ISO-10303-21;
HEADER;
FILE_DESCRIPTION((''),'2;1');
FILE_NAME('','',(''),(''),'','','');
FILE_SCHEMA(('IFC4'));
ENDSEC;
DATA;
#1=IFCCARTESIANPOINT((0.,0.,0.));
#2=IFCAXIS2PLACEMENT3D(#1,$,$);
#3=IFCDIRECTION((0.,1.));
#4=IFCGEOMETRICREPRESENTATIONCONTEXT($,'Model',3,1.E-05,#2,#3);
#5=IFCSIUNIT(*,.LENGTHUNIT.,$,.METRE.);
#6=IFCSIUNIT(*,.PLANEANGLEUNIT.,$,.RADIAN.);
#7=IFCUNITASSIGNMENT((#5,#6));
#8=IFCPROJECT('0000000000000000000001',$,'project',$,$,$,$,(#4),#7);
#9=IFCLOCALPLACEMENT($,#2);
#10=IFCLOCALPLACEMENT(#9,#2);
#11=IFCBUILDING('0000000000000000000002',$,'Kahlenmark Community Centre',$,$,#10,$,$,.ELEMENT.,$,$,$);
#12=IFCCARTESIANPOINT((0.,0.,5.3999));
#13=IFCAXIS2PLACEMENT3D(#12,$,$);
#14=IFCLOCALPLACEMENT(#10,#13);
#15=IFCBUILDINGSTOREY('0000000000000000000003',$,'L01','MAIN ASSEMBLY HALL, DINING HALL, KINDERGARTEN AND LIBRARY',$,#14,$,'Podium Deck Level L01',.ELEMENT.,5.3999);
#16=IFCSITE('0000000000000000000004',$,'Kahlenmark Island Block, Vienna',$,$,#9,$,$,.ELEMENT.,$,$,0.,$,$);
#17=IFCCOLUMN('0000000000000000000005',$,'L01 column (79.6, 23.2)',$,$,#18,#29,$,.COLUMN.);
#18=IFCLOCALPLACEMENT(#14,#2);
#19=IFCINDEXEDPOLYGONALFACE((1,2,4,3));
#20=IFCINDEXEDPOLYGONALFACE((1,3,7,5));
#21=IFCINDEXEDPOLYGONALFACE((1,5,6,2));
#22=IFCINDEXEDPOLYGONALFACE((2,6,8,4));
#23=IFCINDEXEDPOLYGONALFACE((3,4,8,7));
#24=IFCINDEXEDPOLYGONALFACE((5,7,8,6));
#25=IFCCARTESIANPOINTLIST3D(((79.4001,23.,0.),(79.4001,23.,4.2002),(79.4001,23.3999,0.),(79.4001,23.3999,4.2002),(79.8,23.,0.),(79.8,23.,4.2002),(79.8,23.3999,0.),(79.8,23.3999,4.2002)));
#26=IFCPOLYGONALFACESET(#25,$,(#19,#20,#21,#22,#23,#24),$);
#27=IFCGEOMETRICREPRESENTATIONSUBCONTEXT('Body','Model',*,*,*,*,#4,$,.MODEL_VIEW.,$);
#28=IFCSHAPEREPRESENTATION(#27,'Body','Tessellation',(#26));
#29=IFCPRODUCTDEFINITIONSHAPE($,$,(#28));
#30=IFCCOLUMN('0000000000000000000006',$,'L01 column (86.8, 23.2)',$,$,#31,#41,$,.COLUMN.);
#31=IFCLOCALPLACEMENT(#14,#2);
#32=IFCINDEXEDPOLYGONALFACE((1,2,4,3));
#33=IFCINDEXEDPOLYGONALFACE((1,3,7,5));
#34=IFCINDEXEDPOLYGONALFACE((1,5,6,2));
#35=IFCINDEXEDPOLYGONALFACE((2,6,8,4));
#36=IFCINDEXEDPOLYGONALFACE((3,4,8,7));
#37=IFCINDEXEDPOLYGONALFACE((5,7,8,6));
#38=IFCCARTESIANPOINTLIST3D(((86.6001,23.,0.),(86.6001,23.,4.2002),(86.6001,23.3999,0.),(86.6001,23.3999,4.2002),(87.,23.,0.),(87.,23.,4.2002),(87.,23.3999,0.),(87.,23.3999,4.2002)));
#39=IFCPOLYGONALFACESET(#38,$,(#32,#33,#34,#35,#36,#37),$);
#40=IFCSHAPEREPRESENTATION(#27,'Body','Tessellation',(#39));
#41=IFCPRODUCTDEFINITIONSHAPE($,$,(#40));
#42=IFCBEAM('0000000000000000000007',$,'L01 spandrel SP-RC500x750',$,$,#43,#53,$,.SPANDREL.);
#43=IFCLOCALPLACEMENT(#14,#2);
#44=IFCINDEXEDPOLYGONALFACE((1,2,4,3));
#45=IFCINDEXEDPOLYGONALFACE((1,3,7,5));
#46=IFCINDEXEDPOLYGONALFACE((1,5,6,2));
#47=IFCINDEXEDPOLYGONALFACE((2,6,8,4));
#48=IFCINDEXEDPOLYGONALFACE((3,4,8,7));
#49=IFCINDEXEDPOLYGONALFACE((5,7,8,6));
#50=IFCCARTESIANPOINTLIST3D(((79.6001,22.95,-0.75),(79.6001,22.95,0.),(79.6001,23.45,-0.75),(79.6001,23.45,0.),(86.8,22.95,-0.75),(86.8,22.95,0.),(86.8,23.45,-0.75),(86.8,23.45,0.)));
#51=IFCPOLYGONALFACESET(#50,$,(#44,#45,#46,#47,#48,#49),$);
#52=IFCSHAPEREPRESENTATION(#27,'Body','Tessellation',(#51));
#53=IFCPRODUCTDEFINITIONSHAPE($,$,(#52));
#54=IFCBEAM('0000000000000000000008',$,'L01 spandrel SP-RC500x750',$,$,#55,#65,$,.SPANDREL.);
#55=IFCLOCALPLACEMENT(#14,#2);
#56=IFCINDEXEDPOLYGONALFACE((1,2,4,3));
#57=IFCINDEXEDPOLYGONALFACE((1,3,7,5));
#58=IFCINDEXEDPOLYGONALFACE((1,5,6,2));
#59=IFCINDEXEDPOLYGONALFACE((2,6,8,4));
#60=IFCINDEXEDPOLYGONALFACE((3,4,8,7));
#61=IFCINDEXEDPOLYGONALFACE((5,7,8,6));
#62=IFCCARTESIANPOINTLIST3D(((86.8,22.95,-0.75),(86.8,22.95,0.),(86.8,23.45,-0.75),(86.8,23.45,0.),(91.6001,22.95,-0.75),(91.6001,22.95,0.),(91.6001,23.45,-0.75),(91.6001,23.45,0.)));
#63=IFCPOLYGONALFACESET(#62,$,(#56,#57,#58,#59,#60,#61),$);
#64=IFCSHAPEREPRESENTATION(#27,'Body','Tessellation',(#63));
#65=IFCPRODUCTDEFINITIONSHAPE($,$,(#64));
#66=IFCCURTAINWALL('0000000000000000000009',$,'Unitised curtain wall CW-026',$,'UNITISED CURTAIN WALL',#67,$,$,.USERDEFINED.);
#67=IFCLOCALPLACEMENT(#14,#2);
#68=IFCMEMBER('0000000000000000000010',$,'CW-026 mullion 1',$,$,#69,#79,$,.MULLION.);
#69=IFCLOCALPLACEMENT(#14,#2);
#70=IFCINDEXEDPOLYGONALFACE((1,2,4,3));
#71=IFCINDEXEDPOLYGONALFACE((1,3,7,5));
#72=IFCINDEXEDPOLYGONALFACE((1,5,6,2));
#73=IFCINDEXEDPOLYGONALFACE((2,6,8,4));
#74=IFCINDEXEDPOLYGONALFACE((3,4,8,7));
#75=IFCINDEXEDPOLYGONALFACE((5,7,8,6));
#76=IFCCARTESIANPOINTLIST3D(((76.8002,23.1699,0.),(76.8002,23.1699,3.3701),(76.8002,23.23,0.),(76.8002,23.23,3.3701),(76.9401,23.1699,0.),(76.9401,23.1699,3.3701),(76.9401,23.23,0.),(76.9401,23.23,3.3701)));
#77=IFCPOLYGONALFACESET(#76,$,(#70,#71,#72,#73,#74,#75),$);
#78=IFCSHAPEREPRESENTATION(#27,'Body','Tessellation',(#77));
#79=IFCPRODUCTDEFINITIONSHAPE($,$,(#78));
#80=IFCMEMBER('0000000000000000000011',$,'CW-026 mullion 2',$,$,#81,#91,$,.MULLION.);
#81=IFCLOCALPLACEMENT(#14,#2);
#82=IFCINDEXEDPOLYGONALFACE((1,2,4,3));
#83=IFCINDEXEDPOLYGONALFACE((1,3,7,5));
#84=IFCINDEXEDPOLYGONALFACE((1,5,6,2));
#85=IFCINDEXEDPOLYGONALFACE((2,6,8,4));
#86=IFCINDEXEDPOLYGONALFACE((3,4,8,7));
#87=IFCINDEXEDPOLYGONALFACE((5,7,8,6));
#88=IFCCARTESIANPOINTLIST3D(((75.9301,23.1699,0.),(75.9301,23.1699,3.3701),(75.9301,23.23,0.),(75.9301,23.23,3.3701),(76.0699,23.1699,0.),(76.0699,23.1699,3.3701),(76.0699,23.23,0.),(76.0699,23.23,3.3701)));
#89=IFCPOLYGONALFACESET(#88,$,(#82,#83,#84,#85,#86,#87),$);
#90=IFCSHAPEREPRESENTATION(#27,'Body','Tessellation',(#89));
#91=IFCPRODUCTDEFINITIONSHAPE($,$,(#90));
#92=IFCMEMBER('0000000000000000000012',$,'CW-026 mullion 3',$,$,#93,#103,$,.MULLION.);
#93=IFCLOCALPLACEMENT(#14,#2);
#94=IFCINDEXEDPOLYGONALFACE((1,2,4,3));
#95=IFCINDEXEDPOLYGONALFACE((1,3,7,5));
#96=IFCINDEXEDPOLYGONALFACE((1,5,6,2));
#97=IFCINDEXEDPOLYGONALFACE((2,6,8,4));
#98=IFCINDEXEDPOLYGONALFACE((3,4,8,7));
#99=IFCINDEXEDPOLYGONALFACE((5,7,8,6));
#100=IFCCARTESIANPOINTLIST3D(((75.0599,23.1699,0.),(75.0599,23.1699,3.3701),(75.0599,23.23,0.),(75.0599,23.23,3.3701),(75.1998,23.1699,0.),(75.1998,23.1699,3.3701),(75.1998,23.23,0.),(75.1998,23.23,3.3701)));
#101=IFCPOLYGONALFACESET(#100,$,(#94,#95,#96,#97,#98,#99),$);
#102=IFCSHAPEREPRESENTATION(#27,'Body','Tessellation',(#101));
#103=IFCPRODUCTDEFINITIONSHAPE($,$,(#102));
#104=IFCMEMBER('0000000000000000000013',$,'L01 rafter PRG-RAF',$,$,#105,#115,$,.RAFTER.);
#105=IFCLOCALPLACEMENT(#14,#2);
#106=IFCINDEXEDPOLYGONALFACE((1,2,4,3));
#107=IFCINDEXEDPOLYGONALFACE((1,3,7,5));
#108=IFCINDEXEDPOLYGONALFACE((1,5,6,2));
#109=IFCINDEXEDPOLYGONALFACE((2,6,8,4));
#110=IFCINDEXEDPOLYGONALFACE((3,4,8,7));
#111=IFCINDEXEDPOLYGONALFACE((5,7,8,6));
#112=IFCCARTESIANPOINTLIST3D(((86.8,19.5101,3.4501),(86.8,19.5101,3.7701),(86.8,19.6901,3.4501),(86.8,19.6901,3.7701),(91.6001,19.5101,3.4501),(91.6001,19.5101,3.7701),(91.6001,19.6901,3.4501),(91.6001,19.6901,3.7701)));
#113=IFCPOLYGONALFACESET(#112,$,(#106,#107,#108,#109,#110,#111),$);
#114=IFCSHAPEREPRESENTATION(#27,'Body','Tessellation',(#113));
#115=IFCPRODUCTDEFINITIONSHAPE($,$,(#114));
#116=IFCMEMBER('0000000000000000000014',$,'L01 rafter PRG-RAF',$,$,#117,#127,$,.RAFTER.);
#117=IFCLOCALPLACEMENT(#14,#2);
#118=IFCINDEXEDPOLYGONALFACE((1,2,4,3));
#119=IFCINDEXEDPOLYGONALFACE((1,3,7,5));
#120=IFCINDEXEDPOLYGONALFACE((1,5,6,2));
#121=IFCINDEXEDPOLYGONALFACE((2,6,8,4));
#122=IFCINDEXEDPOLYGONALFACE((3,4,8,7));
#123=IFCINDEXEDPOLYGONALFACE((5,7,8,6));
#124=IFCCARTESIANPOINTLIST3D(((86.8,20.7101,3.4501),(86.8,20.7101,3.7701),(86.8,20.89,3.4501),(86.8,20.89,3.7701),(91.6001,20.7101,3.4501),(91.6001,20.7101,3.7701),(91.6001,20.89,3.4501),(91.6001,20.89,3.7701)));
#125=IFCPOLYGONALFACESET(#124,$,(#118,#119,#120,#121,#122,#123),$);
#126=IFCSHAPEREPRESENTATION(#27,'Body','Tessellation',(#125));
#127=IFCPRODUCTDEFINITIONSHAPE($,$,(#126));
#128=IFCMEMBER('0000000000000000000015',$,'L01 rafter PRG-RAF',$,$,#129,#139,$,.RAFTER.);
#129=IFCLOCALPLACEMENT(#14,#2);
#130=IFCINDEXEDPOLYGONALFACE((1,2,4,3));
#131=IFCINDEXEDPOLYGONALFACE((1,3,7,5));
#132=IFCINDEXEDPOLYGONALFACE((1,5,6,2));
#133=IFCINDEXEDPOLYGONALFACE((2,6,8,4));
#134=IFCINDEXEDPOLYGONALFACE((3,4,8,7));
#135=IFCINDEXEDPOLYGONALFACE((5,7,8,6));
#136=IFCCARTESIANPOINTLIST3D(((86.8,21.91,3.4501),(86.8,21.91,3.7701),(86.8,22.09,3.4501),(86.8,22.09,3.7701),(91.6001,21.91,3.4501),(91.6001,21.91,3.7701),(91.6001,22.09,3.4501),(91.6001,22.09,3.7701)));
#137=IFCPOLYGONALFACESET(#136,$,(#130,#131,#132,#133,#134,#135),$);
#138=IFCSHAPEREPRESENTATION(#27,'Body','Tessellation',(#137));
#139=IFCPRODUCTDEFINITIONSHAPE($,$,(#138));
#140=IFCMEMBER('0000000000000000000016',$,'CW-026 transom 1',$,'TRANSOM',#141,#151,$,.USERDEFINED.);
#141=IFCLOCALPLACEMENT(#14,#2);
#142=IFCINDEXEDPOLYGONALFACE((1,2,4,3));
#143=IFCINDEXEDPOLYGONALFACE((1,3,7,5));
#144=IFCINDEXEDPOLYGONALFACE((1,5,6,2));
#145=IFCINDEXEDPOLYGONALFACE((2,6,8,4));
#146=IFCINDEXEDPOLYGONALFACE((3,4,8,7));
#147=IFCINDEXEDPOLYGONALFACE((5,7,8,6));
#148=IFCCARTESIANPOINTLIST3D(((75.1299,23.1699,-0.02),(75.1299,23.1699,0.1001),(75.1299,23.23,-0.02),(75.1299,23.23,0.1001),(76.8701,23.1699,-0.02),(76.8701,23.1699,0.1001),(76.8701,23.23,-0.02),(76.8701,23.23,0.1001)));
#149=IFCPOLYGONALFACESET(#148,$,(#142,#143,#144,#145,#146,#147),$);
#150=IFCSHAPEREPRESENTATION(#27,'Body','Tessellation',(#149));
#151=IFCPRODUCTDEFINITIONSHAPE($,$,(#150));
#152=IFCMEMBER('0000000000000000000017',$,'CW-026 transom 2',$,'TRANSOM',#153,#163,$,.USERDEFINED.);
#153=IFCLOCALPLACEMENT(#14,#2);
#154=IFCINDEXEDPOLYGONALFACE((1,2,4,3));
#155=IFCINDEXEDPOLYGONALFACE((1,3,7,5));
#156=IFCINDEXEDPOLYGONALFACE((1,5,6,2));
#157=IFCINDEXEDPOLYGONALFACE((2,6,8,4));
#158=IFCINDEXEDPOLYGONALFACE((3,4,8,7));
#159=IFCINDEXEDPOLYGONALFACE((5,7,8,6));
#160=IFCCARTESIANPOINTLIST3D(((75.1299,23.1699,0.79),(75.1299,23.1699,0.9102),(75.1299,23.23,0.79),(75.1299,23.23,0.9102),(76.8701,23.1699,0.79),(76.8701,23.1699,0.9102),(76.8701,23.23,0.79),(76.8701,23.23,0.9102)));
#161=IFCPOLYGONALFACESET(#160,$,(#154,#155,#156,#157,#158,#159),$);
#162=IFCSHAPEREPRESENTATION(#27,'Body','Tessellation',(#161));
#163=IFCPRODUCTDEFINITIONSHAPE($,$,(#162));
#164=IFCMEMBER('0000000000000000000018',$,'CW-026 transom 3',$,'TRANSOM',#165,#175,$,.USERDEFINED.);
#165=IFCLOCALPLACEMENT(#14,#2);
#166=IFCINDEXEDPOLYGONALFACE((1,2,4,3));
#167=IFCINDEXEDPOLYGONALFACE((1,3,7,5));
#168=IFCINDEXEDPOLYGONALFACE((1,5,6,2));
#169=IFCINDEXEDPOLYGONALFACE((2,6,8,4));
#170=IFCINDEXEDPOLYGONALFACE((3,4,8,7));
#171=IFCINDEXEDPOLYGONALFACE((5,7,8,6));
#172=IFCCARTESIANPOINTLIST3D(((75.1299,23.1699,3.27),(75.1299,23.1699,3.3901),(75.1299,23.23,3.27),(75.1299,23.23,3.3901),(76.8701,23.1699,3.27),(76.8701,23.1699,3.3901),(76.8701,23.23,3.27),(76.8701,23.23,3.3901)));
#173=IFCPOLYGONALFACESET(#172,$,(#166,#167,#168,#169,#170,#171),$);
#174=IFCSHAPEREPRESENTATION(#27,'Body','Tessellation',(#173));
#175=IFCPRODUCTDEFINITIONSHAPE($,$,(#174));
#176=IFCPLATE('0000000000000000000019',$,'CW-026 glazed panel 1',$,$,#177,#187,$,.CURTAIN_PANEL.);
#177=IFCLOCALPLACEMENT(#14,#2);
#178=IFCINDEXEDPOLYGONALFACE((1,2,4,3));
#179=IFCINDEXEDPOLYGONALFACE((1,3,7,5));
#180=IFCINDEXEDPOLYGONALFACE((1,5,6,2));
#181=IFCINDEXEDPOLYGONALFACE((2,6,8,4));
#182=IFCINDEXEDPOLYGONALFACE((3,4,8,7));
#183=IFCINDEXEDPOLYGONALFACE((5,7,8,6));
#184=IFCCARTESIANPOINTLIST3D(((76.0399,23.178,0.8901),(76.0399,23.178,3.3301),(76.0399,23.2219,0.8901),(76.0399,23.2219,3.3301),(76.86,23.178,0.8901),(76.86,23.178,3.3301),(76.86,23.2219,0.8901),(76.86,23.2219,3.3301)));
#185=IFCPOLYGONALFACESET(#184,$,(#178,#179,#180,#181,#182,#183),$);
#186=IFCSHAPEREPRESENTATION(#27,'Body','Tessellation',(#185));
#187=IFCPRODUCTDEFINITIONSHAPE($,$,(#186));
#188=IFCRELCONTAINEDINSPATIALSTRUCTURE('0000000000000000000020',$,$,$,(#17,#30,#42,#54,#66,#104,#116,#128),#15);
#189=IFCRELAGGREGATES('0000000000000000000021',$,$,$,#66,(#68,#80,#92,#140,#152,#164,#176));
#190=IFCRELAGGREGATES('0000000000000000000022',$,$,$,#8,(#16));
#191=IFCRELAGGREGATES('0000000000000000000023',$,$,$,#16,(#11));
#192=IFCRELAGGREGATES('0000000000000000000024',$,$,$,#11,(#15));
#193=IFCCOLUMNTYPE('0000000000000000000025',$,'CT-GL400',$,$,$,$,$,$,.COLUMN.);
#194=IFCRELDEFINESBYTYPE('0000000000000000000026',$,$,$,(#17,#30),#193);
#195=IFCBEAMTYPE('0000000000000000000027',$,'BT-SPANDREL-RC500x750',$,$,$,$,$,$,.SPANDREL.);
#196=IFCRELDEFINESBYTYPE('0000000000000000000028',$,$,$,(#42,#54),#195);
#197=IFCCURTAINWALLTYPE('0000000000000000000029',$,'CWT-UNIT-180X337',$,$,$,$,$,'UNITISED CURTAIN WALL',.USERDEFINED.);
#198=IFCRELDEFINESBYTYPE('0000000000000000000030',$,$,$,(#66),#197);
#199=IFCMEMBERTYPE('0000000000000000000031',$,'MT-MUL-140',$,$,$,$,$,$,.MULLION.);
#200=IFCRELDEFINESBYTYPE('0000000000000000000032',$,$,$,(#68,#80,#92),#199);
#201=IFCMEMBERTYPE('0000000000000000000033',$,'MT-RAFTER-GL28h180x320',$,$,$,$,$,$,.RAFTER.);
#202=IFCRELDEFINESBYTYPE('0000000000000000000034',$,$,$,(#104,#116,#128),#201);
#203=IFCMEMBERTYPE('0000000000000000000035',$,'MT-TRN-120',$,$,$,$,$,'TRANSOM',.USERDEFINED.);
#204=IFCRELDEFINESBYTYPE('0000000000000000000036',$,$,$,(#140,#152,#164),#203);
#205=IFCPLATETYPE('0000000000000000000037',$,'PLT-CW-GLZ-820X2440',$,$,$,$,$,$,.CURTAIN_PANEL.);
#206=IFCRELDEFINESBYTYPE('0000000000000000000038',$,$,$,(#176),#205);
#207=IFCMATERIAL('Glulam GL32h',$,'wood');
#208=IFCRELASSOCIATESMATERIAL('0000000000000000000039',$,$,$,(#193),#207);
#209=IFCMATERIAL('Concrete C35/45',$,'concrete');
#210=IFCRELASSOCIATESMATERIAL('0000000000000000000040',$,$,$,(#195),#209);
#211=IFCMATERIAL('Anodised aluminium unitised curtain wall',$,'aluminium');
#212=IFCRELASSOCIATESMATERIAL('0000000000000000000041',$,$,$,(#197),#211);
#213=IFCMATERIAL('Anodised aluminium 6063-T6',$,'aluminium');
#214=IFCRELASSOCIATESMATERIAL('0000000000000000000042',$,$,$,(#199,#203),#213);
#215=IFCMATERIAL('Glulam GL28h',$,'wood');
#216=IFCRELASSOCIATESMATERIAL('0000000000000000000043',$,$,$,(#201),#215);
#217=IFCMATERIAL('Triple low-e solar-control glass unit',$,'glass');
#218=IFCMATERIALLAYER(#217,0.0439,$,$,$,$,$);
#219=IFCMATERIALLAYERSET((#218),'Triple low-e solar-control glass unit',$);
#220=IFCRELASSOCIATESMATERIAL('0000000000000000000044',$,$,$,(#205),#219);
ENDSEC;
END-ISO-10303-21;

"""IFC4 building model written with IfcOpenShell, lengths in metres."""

from ifc_helpers import new_model, si_unit, direction, frame, origin, origin_2d, place, context, subcontext, project, spatial, rectangle, extrude, material, layer, layer_set, material_profile, profile_set, type_object, element, aggregate, save


model = new_model("IFC4")

# Units and contexts
model_context = context("Model", 3, precision=1e-05, world=origin(), true_north=direction((0.0, 1.0)))
body_context = subcontext(model_context, "Body", "Model", "MODEL_VIEW")
ifc_project = project(units=[si_unit("LENGTHUNIT", "METRE"), si_unit("PLANEANGLEUNIT", "RADIAN")], contexts=[model_context])

# Site, building, storey
site_placement = place(None, origin())
site = spatial("IfcSite", under=ifc_project, at=site_placement, Name="Kahlenmark Island Block, Vienna", CompositionType="ELEMENT", RefElevation=0.0)
building_placement = place(site_placement, origin())
building = spatial("IfcBuilding", under=site, at=building_placement, Name="Kahlenmark Community Centre", CompositionType="ELEMENT")
storey_placement = place(building_placement, frame((0.0, 0.0, 5.3999)))
storey = spatial("IfcBuildingStorey", under=building, at=storey_placement, Name="L01", Description="MAIN ASSEMBLY HALL, DINING HALL, KINDERGARTEN AND LIBRARY", LongName="Podium Deck Level L01", CompositionType="ELEMENT", Elevation=5.3999)

# Columns
ifc_material_1 = material(Name="Glulam GL32h", Category="wood")
ifc_material_profile_1 = material_profile(ifc_material_1, rectangle(XDim=0.3999, YDim=0.3999, at=origin_2d()), Name="GL32h 400x400")
ifc_profile_set_1 = profile_set([ifc_material_profile_1], Name="Glulam GL32h")
column_type = type_object("IfcColumnType", Name="CT-GL400", PredefinedType="COLUMN", material=ifc_profile_set_1)
for number, where, z_axis, x_axis, name in (
    (1, (79.6001, 23.2, 0.0), (0.0, 0.0, 1.0), (1.0, 0.0, 0.0), "L01 column (79.6, 23.2)"),
    (2, (86.8, 23.2, 0.0), (0.0, 0.0, 1.0), (1.0, 0.0, 0.0), "L01 column (86.8, 23.2)"),
):
    element("IfcColumn", number, at=place(storey_placement, frame(where, z_axis=z_axis, x_axis=x_axis)), inside=storey, type_object=column_type, Name=name, PredefinedType="COLUMN", context=body_context, shape_type="SweptSolid", body=[
        extrude(rectangle(XDim=0.3999, YDim=0.3999, at=origin_2d()), origin(), (0.0, 0.0, 1.0), 4.2002),
    ])

# Beams
ifc_material_2 = material(Name="Concrete C35/45", Category="concrete")
ifc_material_profile_2 = material_profile(ifc_material_2, rectangle(XDim=0.5, YDim=0.75, at=origin_2d()), Name="RC 500x750")
ifc_profile_set_2 = profile_set([ifc_material_profile_2], Name="Concrete C35/45")
beam_type = type_object("IfcBeamType", Name="BT-SPANDREL-RC500x750", PredefinedType="SPANDREL", material=ifc_profile_set_2)
beam_1_placement = place(storey_placement, frame((79.6001, 23.2, -0.375), z_axis=(1.0, 0.0, 0.0), x_axis=(0.0, 1.0, 0.0)))
element("IfcBeam", 3, at=beam_1_placement, inside=storey, type_object=beam_type, Name="L01 spandrel SP-RC500x750", PredefinedType="SPANDREL", context=body_context, shape_type="SweptSolid", body=[
    extrude(rectangle(XDim=0.5, YDim=0.75, at=origin_2d()), origin(), (0.0, 0.0, 1.0), 7.2),
])
beam_2_placement = place(storey_placement, frame((86.8, 23.2, -0.375), z_axis=(1.0, 0.0, 0.0), x_axis=(0.0, 1.0, 0.0)))
element("IfcBeam", 4, at=beam_2_placement, inside=storey, type_object=beam_type, Name="L01 spandrel SP-RC500x750", PredefinedType="SPANDREL", context=body_context, shape_type="SweptSolid", body=[
    extrude(rectangle(XDim=0.5, YDim=0.75, at=origin_2d()), origin(), (0.0, 0.0, 1.0), 4.8),
])

# Curtain wall, members
ifc_material_3 = material(Name="Anodised aluminium unitised curtain wall", Category="aluminium")
curtain_wall_type = type_object("IfcCurtainWallType", Name="CWT-UNIT-180X337", ElementType="UNITISED CURTAIN WALL", PredefinedType="USERDEFINED", material=ifc_material_3)
curtain_wall_placement = place(storey_placement, origin())
curtain_wall = element("IfcCurtainWall", 5, at=curtain_wall_placement, inside=storey, type_object=curtain_wall_type, Name="Unitised curtain wall CW-026", ObjectType="UNITISED CURTAIN WALL", PredefinedType="USERDEFINED")
ifc_material_4 = material(Name="Anodised aluminium 6063-T6", Category="aluminium")
ifc_material_profile_3 = material_profile(ifc_material_4, rectangle(XDim=0.0601, YDim=0.1399, at=origin_2d()), Name="ALU MULLION 60x140")
ifc_profile_set_3 = profile_set([ifc_material_profile_3], Name="Anodised aluminium 6063-T6")
member_type_1 = type_object("IfcMemberType", Name="MT-MUL-140", PredefinedType="MULLION", material=ifc_profile_set_3)
member_1_placement = place(storey_placement, frame((76.8701, 23.2, 0.0), z_axis=(0.0, 0.0, 1.0), x_axis=(0.0, -1.0, 0.0)))
member_1 = element("IfcMember", 6, at=member_1_placement, type_object=member_type_1, Name="CW-026 mullion 1", PredefinedType="MULLION", context=body_context, shape_type="SweptSolid", body=[
    extrude(rectangle(XDim=0.0601, YDim=0.1399, at=origin_2d()), origin(), (0.0, 0.0, 1.0), 3.3701),
])
member_2_placement = place(storey_placement, frame((76.0, 23.2, 0.0), z_axis=(0.0, 0.0, 1.0), x_axis=(0.0, -1.0, 0.0)))
member_2 = element("IfcMember", 7, at=member_2_placement, type_object=member_type_1, Name="CW-026 mullion 2", PredefinedType="MULLION", context=body_context, shape_type="SweptSolid", body=[
    extrude(rectangle(XDim=0.0601, YDim=0.1399, at=origin_2d()), origin(), (0.0, 0.0, 1.0), 3.3701),
])
member_3_placement = place(storey_placement, frame((75.1299, 23.2, 0.0), z_axis=(0.0, 0.0, 1.0), x_axis=(0.0, -1.0, 0.0)))
member_3 = element("IfcMember", 8, at=member_3_placement, type_object=member_type_1, Name="CW-026 mullion 3", PredefinedType="MULLION", context=body_context, shape_type="SweptSolid", body=[
    extrude(rectangle(XDim=0.0601, YDim=0.1399, at=origin_2d()), origin(), (0.0, 0.0, 1.0), 3.3701),
])

# Members
ifc_material_5 = material(Name="Glulam GL28h", Category="wood")
ifc_material_profile_4 = material_profile(ifc_material_5, rectangle(XDim=0.1799, YDim=0.3201, at=origin_2d()), Name="GL28h 180x320")
ifc_profile_set_4 = profile_set([ifc_material_profile_4], Name="Glulam GL28h")
member_type_2 = type_object("IfcMemberType", Name="MT-RAFTER-GL28h180x320", PredefinedType="RAFTER", material=ifc_profile_set_4)
for number, where, z_axis, x_axis, name in (
    (9, (86.8, 19.6001, 3.6101), (1.0, 0.0, 0.0), (0.0, 1.0, 0.0), "L01 rafter PRG-RAF"),
    (10, (86.8, 20.8, 3.6101), (1.0, 0.0, 0.0), (0.0, 1.0, 0.0), "L01 rafter PRG-RAF"),
    (11, (86.8, 22.0, 3.6101), (1.0, 0.0, 0.0), (0.0, 1.0, 0.0), "L01 rafter PRG-RAF"),
):
    element("IfcMember", number, at=place(storey_placement, frame(where, z_axis=z_axis, x_axis=x_axis)), inside=storey, type_object=member_type_2, Name=name, PredefinedType="RAFTER", context=body_context, shape_type="SweptSolid", body=[
        extrude(rectangle(XDim=0.1799, YDim=0.3201, at=origin_2d()), origin(), (0.0, 0.0, 1.0), 4.8),
    ])

# Members
ifc_material_profile_5 = material_profile(ifc_material_4, rectangle(XDim=0.0601, YDim=0.1201, at=origin_2d()), Name="ALU TRANSOM 60x120")
ifc_profile_set_5 = profile_set([ifc_material_profile_5], Name="Anodised aluminium 6063-T6")
member_type_3 = type_object("IfcMemberType", Name="MT-TRN-120", ElementType="TRANSOM", PredefinedType="USERDEFINED", material=ifc_profile_set_5)
member_4_placement = place(storey_placement, frame((76.8701, 23.2, 0.04), z_axis=(-1.0, 0.0, 0.0), x_axis=(0.0, -1.0, 0.0)))
member_4 = element("IfcMember", 12, at=member_4_placement, type_object=member_type_3, Name="CW-026 transom 1", ObjectType="TRANSOM", PredefinedType="USERDEFINED", context=body_context, shape_type="SweptSolid", body=[
    extrude(rectangle(XDim=0.0601, YDim=0.1201, at=origin_2d()), origin(), (0.0, 0.0, 1.0), 1.7402),
])
member_5_placement = place(storey_placement, frame((76.8701, 23.2, 0.8501), z_axis=(-1.0, 0.0, 0.0), x_axis=(0.0, -1.0, 0.0)))
member_5 = element("IfcMember", 13, at=member_5_placement, type_object=member_type_3, Name="CW-026 transom 2", ObjectType="TRANSOM", PredefinedType="USERDEFINED", context=body_context, shape_type="SweptSolid", body=[
    extrude(rectangle(XDim=0.0601, YDim=0.1201, at=origin_2d()), origin(), (0.0, 0.0, 1.0), 1.7402),
])
member_6_placement = place(storey_placement, frame((76.8701, 23.2, 3.3301), z_axis=(-1.0, 0.0, 0.0), x_axis=(0.0, -1.0, 0.0)))
member_6 = element("IfcMember", 14, at=member_6_placement, type_object=member_type_3, Name="CW-026 transom 3", ObjectType="TRANSOM", PredefinedType="USERDEFINED", context=body_context, shape_type="SweptSolid", body=[
    extrude(rectangle(XDim=0.0601, YDim=0.1201, at=origin_2d()), origin(), (0.0, 0.0, 1.0), 1.7402),
])

# Plate
ifc_material_6 = material(Name="Triple low-e solar-control glass unit", Category="glass")
ifc_layer_1 = layer(ifc_material_6, 0.0439)
ifc_layer_set_1 = layer_set([ifc_layer_1], Name="Triple low-e solar-control glass unit")
plate_type_1 = type_object("IfcPlateType", Name="PLT-CW-GLZ-820X2440", PredefinedType="CURTAIN_PANEL", material=ifc_layer_set_1)
plate_1_placement = place(storey_placement, frame((76.45, 23.2, 0.8901), z_axis=(0.0, 0.0, 1.0), x_axis=(-1.0, 0.0, 0.0)))
plate_1 = element("IfcPlate", 15, at=plate_1_placement, type_object=plate_type_1, Name="CW-026 glazed panel 1", PredefinedType="CURTAIN_PANEL", context=body_context, shape_type="SweptSolid", body=[
    extrude(rectangle(XDim=0.8201, YDim=0.0439, at=origin_2d()), origin(), (0.0, 0.0, 1.0), 2.4399),
])
aggregate(curtain_wall, [member_1, member_2, member_3, member_4, member_5, member_6, plate_1])

save(model, "model.ifc")
